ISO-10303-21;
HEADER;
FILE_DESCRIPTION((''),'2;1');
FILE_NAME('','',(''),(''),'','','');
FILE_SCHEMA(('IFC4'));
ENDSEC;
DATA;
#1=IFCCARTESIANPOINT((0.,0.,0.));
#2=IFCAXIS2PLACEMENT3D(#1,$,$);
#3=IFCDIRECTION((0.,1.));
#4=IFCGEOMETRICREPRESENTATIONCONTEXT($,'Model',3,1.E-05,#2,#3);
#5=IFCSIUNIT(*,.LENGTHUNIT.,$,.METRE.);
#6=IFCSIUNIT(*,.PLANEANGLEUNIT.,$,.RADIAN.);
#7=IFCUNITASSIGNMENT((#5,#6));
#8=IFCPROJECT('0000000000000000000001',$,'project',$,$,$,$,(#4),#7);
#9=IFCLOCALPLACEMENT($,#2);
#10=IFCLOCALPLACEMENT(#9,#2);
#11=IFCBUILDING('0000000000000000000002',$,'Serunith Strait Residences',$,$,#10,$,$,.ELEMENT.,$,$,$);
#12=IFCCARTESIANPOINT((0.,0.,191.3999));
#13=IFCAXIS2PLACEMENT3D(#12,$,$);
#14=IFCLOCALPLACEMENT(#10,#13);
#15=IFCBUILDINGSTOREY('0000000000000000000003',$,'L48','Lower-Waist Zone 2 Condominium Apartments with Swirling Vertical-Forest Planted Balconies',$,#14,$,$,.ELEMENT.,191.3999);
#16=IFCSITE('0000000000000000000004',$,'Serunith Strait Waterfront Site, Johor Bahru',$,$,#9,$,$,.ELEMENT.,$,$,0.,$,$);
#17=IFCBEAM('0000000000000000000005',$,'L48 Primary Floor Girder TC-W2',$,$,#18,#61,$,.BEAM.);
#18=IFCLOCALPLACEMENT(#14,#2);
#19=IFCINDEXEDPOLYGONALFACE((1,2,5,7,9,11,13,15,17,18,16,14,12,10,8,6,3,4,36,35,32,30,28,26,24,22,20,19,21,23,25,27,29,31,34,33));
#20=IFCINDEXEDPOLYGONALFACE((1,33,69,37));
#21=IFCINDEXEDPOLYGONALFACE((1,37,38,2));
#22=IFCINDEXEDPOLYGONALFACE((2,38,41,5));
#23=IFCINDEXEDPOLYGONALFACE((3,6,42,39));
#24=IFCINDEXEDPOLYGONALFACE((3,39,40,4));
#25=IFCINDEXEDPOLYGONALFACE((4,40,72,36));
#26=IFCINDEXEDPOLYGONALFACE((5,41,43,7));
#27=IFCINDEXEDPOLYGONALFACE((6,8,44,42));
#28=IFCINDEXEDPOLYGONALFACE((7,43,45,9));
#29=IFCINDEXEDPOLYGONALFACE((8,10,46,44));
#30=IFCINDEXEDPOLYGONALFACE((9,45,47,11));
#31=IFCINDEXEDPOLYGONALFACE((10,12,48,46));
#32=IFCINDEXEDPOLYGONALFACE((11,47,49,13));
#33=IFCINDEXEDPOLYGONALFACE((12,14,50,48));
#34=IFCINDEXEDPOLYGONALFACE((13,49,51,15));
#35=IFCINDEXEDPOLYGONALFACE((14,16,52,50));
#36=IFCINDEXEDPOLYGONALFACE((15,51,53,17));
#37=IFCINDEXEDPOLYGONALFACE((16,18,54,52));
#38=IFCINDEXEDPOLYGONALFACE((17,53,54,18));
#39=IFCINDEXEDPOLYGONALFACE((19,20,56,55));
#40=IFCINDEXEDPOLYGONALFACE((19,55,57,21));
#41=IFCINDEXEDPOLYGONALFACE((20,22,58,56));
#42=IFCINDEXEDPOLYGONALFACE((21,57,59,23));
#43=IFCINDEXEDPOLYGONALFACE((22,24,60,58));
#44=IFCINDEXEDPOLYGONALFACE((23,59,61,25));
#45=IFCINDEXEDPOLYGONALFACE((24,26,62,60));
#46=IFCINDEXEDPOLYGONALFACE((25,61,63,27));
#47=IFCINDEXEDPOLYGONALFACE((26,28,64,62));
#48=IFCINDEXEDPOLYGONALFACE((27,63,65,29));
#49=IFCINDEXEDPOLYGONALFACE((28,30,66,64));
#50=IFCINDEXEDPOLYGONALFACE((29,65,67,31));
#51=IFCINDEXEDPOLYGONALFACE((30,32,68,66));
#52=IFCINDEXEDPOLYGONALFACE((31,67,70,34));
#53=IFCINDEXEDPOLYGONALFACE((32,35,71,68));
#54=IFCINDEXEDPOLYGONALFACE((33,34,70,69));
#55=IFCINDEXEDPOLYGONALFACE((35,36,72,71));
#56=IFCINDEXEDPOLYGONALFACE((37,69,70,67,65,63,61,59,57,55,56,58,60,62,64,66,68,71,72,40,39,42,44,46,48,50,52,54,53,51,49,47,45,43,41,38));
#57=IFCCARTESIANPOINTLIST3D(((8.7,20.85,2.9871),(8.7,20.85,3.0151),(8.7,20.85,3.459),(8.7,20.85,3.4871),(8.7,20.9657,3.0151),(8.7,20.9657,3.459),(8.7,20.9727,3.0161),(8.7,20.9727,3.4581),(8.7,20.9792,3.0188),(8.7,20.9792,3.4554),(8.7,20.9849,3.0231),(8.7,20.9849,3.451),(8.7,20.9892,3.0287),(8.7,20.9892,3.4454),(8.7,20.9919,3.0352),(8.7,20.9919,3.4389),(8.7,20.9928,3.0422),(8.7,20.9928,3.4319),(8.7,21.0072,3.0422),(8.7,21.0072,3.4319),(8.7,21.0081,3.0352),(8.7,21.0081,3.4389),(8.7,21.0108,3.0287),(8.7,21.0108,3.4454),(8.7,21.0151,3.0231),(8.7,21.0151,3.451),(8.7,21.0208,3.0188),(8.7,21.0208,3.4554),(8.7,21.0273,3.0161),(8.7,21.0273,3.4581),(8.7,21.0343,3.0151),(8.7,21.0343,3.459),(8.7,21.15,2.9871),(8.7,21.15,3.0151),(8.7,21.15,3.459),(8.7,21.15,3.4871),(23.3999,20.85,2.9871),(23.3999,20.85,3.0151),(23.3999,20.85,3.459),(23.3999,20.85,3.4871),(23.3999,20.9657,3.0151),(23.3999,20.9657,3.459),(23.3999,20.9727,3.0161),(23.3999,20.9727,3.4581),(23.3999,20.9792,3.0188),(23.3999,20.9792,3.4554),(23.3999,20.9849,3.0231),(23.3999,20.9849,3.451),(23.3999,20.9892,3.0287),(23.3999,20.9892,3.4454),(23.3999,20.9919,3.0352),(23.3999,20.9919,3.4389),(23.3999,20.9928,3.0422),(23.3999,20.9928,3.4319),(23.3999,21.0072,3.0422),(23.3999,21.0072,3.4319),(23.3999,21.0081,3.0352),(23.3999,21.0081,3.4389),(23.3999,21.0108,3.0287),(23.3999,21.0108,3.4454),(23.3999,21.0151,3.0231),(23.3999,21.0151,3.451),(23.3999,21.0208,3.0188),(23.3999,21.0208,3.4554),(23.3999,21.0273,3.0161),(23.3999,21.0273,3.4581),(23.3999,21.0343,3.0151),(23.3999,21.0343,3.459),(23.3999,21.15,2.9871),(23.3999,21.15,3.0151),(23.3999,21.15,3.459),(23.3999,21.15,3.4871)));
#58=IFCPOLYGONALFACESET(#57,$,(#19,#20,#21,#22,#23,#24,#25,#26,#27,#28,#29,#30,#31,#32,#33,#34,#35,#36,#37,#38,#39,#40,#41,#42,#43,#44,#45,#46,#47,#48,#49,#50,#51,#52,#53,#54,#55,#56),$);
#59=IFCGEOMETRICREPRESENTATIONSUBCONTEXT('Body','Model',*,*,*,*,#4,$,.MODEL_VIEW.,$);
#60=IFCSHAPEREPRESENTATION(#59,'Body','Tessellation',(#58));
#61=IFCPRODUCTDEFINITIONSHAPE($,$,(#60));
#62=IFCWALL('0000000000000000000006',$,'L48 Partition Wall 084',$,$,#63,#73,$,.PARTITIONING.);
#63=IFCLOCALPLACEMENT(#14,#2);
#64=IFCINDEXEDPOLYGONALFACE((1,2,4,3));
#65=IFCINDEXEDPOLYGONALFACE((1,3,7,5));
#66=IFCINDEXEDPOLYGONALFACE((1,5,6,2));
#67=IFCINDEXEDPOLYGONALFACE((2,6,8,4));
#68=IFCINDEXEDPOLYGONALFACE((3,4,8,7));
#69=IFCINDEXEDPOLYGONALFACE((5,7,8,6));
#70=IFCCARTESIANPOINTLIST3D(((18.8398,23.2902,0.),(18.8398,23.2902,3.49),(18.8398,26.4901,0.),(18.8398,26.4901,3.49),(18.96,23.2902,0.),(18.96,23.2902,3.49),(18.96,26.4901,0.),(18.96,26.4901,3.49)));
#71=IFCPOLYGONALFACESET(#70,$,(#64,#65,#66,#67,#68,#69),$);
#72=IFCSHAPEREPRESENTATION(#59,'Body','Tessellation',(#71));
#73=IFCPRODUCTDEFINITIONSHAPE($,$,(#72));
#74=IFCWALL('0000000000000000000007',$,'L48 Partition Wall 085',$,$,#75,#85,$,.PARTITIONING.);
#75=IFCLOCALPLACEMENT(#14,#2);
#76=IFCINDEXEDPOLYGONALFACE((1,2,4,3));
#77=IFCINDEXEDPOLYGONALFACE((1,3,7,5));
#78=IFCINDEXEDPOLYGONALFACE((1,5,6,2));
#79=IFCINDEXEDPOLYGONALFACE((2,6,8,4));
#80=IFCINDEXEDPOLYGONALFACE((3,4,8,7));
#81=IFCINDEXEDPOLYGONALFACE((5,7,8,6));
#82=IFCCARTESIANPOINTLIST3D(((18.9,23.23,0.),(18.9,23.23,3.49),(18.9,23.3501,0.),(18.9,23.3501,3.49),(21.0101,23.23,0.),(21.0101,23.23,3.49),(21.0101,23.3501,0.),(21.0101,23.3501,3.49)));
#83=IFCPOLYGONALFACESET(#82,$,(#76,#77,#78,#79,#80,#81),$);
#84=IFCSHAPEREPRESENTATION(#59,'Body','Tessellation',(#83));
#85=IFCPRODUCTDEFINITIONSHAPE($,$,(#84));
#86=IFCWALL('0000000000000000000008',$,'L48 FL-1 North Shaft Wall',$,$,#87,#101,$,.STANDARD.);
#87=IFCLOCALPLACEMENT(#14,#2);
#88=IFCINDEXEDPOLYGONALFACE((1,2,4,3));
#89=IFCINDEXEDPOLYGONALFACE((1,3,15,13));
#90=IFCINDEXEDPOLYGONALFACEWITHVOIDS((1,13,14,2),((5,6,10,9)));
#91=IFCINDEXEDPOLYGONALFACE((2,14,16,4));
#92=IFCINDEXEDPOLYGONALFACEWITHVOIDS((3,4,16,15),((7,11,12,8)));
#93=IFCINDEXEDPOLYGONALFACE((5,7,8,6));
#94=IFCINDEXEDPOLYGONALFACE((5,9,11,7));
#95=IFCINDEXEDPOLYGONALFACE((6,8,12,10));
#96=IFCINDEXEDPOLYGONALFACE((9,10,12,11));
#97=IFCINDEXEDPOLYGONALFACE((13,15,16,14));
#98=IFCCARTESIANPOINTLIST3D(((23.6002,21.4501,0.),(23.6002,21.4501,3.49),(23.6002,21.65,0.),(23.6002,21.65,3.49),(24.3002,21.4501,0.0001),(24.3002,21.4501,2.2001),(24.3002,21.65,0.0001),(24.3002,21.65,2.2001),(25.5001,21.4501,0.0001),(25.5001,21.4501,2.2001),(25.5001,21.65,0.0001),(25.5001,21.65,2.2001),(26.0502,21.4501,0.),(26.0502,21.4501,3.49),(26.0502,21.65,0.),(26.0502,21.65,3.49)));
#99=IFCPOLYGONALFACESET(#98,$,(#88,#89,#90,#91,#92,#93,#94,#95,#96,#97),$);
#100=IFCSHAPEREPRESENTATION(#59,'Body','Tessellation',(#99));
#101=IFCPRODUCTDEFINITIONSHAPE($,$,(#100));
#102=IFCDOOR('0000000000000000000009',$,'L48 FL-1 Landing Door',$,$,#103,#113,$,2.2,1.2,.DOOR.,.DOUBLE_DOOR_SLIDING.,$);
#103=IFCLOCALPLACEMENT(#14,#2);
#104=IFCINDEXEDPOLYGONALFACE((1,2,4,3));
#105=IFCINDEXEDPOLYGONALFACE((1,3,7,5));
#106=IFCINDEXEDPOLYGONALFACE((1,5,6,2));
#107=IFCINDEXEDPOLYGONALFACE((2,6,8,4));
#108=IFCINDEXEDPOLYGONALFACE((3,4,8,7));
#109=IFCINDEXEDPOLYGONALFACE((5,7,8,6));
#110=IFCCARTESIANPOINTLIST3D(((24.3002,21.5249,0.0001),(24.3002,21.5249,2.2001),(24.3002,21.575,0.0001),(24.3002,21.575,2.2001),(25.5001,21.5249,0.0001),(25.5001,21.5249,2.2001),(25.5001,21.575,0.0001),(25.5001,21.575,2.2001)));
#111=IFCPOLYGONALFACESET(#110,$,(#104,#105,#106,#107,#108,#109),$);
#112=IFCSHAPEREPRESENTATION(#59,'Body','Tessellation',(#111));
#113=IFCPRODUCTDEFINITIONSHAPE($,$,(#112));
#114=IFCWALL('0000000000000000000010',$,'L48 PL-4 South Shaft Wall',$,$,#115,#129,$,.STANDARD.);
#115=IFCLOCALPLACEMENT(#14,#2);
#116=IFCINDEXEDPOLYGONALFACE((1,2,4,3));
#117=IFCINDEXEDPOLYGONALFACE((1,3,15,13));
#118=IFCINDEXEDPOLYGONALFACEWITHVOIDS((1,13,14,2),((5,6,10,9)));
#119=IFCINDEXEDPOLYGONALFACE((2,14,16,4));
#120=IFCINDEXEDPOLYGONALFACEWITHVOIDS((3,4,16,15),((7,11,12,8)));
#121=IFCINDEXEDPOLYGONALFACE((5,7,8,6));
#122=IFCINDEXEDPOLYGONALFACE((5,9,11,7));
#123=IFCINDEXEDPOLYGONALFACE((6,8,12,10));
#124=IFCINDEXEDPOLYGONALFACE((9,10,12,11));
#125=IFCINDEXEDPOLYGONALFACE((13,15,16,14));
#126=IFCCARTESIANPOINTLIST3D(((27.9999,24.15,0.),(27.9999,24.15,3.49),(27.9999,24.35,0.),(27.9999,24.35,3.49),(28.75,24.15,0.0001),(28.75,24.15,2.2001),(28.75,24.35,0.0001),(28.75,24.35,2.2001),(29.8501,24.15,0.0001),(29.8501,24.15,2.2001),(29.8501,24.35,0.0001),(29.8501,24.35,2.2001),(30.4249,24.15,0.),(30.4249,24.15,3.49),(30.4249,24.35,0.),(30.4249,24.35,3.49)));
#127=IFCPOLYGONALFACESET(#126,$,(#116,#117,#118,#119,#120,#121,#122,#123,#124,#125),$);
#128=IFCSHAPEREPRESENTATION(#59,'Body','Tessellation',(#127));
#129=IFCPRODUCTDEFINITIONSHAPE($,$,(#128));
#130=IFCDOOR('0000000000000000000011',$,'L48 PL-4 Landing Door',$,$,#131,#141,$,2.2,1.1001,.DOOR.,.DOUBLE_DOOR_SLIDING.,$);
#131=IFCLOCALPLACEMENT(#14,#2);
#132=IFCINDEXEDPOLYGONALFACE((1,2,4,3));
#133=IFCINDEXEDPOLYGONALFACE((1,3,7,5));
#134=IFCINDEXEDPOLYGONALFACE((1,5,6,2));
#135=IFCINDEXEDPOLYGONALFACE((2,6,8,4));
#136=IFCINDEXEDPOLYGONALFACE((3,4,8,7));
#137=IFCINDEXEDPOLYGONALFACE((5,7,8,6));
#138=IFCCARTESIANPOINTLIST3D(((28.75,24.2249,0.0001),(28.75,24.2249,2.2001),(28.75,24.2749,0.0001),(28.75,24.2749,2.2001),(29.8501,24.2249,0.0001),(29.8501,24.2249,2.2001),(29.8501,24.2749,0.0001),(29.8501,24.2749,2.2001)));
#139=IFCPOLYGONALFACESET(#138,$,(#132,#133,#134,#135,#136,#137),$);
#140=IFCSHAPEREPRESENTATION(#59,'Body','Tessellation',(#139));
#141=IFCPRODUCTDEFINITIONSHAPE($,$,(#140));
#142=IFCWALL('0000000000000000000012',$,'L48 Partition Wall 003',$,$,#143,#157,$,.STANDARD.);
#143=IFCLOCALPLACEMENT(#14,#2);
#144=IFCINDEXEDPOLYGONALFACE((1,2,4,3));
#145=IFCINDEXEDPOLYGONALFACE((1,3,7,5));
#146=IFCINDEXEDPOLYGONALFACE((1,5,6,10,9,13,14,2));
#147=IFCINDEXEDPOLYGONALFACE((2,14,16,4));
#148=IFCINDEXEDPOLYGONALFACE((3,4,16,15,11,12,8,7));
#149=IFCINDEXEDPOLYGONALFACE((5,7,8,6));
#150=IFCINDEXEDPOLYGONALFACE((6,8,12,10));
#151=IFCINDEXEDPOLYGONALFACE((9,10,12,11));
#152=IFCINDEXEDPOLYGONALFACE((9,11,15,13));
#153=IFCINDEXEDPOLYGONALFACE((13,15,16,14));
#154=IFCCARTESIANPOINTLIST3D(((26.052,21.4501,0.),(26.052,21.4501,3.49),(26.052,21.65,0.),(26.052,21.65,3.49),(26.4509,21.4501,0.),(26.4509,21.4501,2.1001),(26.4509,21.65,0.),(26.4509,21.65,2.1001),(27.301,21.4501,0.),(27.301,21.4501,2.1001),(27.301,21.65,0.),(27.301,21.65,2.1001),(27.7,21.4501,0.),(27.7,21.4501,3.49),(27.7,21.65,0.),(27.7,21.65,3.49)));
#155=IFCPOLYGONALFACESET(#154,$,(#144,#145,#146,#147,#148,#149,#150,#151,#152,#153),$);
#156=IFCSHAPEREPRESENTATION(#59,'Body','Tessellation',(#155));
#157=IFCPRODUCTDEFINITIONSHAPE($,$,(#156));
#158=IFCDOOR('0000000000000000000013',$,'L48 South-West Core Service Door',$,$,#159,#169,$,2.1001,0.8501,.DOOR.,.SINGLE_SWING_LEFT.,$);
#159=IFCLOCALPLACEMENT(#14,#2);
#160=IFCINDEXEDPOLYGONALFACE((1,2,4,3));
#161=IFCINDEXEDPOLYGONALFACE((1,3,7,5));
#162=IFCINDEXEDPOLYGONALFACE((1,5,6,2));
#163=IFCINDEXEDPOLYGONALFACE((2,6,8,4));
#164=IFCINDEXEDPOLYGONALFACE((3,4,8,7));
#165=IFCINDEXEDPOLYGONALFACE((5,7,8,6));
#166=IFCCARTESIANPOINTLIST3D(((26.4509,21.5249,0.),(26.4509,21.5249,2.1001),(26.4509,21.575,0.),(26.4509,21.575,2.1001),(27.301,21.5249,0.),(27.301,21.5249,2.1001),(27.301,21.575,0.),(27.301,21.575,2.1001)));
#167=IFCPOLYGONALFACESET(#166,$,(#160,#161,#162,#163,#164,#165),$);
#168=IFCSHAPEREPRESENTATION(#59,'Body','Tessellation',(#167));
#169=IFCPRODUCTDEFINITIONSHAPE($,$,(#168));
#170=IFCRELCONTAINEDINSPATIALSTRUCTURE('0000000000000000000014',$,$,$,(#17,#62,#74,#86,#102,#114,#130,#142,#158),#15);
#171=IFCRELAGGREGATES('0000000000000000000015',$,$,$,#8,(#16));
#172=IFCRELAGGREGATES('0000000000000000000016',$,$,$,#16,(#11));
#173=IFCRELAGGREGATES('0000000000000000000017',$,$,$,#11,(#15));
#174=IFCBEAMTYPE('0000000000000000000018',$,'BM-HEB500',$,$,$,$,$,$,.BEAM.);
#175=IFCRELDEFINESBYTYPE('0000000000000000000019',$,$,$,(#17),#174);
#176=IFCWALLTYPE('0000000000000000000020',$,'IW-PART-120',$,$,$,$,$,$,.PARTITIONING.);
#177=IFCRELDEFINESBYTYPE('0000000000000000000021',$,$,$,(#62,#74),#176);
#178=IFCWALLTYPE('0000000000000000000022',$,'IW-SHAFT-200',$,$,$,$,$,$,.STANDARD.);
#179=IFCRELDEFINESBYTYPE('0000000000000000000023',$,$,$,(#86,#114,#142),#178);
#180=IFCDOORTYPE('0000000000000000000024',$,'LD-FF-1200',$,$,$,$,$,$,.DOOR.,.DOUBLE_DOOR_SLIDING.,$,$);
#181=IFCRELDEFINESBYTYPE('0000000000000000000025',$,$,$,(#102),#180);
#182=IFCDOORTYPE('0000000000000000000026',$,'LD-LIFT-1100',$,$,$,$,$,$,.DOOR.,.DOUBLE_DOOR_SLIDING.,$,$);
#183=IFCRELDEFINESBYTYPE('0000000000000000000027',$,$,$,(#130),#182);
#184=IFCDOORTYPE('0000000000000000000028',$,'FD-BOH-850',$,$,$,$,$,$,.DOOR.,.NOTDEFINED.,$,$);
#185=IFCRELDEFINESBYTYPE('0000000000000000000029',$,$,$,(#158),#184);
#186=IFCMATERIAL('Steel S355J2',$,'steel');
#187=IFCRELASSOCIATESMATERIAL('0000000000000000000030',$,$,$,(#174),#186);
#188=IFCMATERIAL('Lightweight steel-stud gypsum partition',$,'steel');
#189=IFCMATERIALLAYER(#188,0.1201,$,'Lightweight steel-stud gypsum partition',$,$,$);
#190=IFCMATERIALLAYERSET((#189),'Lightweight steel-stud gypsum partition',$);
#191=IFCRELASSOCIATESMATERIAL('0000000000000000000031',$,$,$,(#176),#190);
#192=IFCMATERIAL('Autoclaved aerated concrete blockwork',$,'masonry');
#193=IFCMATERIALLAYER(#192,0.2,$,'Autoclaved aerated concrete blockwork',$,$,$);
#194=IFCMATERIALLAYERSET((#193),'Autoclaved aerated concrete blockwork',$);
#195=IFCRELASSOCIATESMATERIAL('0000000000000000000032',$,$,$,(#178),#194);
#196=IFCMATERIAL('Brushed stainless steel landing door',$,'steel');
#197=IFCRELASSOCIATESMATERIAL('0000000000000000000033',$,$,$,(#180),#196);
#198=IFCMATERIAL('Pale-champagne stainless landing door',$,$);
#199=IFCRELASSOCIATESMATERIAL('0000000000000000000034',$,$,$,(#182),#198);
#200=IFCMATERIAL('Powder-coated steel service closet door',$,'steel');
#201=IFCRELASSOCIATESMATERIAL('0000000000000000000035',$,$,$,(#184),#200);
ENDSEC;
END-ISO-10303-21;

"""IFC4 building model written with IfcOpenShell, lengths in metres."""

from ifc_helpers import new_model, si_unit, direction, frame, frame_2d, origin, origin_2d, place, context, subcontext, project, spatial, rectangle, i_section, extrude, source, transform, mapped, material, layer, layer_set, material_profile, profile_set, type_object, element, fill, save


model = new_model("IFC4")

# Units and contexts
model_context = context("Model", 3, precision=1e-05, world=origin(), true_north=direction((0.0, 1.0)))
body_context = subcontext(model_context, "Body", "Model", "MODEL_VIEW")
ifc_project = project(units=[si_unit("LENGTHUNIT", "METRE"), si_unit("PLANEANGLEUNIT", "RADIAN")], contexts=[model_context])

# Site, building, storey
site_placement = place(None, origin())
site = spatial("IfcSite", under=ifc_project, at=site_placement, Name="Serunith Strait Waterfront Site, Johor Bahru", CompositionType="ELEMENT", RefElevation=0.0)
building_placement = place(site_placement, origin())
building = spatial("IfcBuilding", under=site, at=building_placement, Name="Serunith Strait Residences", CompositionType="ELEMENT")
storey_placement = place(building_placement, frame((0.0, 0.0, 191.3999)))
storey = spatial("IfcBuildingStorey", under=building, at=storey_placement, Name="L48", Description="Lower-Waist Zone 2 Condominium Apartments with Swirling Vertical-Forest Planted Balconies", CompositionType="ELEMENT", Elevation=191.3999)

# Beam
ifc_material_1 = material(Name="Steel S355J2", Category="steel")
ifc_material_profile = material_profile(ifc_material_1, i_section(OverallWidth=0.3, OverallDepth=0.5, WebThickness=0.0144, FlangeThickness=0.0281, FilletRadius=0.0271, at=origin_2d()), Name="HEB 500")
ifc_profile_set = profile_set([ifc_material_profile], Name="Steel S355J2")
beam_type = type_object("IfcBeamType", Name="BM-HEB500", PredefinedType="BEAM", material=ifc_profile_set)
shared_shape_1 = source(origin(), body_context, "Body", "SweptSolid", [
    extrude(i_section(OverallWidth=0.3, OverallDepth=0.5, WebThickness=0.0144, FlangeThickness=0.0281, FilletRadius=0.0271, at=origin_2d()), origin(), (0.0, 0.0, 1.0), 14.7),
])
beam_placement = place(storey_placement, frame((23.3999, 21.0, 3.2371), z_axis=(-1.0, 0.0, 0.0), x_axis=(0.0, -1.0, 0.0)))
element("IfcBeam", 1, at=beam_placement, inside=storey, type_object=beam_type, Name="L48 Primary Floor Girder TC-W2", PredefinedType="BEAM", context=body_context, shape_type="MappedRepresentation", body=[
    mapped(shared_shape_1, transform((0.0, 0.0, 0.0), scale=1.0)),
])

# Walls
ifc_material_2 = material(Name="Lightweight steel-stud gypsum partition", Category="steel")
ifc_layer_1 = layer(ifc_material_2, 0.1201, Name="Lightweight steel-stud gypsum partition")
ifc_layer_set_1 = layer_set([ifc_layer_1], Name="Lightweight steel-stud gypsum partition")
wall_type_1 = type_object("IfcWallType", Name="IW-PART-120", PredefinedType="PARTITIONING", material=ifc_layer_set_1)
wall_1_placement = place(storey_placement, frame((18.8999, 23.29, 0.0), z_axis=(0.0, 0.0, 1.0), x_axis=(0.0, 1.0, 0.0)))
element("IfcWall", 2, at=wall_1_placement, inside=storey, type_object=wall_type_1, Name="L48 Partition Wall 084", PredefinedType="PARTITIONING", context=body_context, shape_type="SweptSolid", body=[
    extrude(rectangle(XDim=3.2, YDim=0.1201, at=frame_2d((1.6001, 0.0))), origin(), (0.0, 0.0, 1.0), 3.49),
])
wall_2_placement = place(storey_placement, frame((18.8999, 23.29, 0.0), z_axis=(0.0, 0.0, 1.0), x_axis=(1.0, 0.0, 0.0)))
element("IfcWall", 3, at=wall_2_placement, inside=storey, type_object=wall_type_1, Name="L48 Partition Wall 085", PredefinedType="PARTITIONING", context=body_context, shape_type="SweptSolid", body=[
    extrude(rectangle(XDim=2.1101, YDim=0.1201, at=frame_2d((1.0552, 0.0))), origin(), (0.0, 0.0, 1.0), 3.49),
])

# Walls, openings, doors
ifc_material_3 = material(Name="Autoclaved aerated concrete blockwork", Category="masonry")
ifc_layer_2 = layer(ifc_material_3, 0.2, Name="Autoclaved aerated concrete blockwork")
ifc_layer_set_2 = layer_set([ifc_layer_2], Name="Autoclaved aerated concrete blockwork")
wall_type_2 = type_object("IfcWallType", Name="IW-SHAFT-200", PredefinedType="STANDARD", material=ifc_layer_set_2)
wall_3_placement = place(storey_placement, frame((23.6001, 21.55, 0.0), z_axis=(0.0, 0.0, 1.0), x_axis=(1.0, 0.0, 0.0)))
wall_3 = element("IfcWall", 4, at=wall_3_placement, inside=storey, type_object=wall_type_2, Name="L48 FL-1 North Shaft Wall", PredefinedType="STANDARD", context=body_context, shape_type="SweptSolid", body=[
    extrude(rectangle(XDim=2.45, YDim=0.2, at=frame_2d((1.2251, 0.0))), origin(), (0.0, 0.0, 1.0), 3.49),
])
opening_1_placement = place(wall_3_placement, frame((0.7, 0.0, 0.0)))
opening_1 = element("IfcOpeningElement", 5, at=opening_1_placement, cuts=wall_3, PredefinedType="OPENING", context=body_context, shape_type="SweptSolid", body=[
    extrude(rectangle(XDim=1.2, YDim=2.2, at=frame_2d((0.6001, 1.1001))), frame((0.0, 0.1099, 0.0), z_axis=(0.0, -1.0, 0.0), x_axis=(1.0, 0.0, 0.0)), (0.0, 0.0, 1.0), 0.22),
])
ifc_material_4 = material(Name="Brushed stainless steel landing door", Category="steel")
door_type_1 = type_object("IfcDoorType", Name="LD-FF-1200", OperationType="DOUBLE_DOOR_SLIDING", PredefinedType="DOOR", material=ifc_material_4)
shared_shape_2 = source(origin(), body_context, "Body", "SweptSolid", [
    extrude(rectangle(XDim=1.2, YDim=2.2, at=frame_2d((0.6001, 1.1001))), frame((0.0, 0.0249, 0.0), z_axis=(0.0, -1.0, 0.0), x_axis=(1.0, 0.0, 0.0)), (0.0, 0.0, 1.0), 0.05),
])
door_1_placement = place(opening_1_placement, origin())
door_1 = element("IfcDoor", 6, at=door_1_placement, inside=storey, type_object=door_type_1, Name="L48 FL-1 Landing Door", OperationType="DOUBLE_DOOR_SLIDING", OverallHeight=2.2, OverallWidth=1.2, PredefinedType="DOOR", context=body_context, shape_type="MappedRepresentation", body=[
    mapped(shared_shape_2, transform((0.0, 0.0, 0.0), scale=1.0)),
])
fill(opening_1, door_1)
wall_4_placement = place(storey_placement, frame((28.0, 24.25, 0.0), z_axis=(0.0, 0.0, 1.0), x_axis=(1.0, 0.0, 0.0)))
wall_4 = element("IfcWall", 7, at=wall_4_placement, inside=storey, type_object=wall_type_2, Name="L48 PL-4 South Shaft Wall", PredefinedType="STANDARD", context=body_context, shape_type="SweptSolid", body=[
    extrude(rectangle(XDim=2.425, YDim=0.2, at=frame_2d((1.2124, 0.0))), origin(), (0.0, 0.0, 1.0), 3.49),
])
opening_2_placement = place(wall_4_placement, frame((0.75, 0.0, 0.0)))
opening_2 = element("IfcOpeningElement", 8, at=opening_2_placement, cuts=wall_4, PredefinedType="OPENING", context=body_context, shape_type="SweptSolid", body=[
    extrude(rectangle(XDim=1.1001, YDim=2.2, at=frame_2d((0.55, 1.1001))), frame((0.0, 0.1099, 0.0), z_axis=(0.0, -1.0, 0.0), x_axis=(1.0, 0.0, 0.0)), (0.0, 0.0, 1.0), 0.22),
])
ifc_material_5 = material(Name="Pale-champagne stainless landing door")
door_type_2 = type_object("IfcDoorType", Name="LD-LIFT-1100", OperationType="DOUBLE_DOOR_SLIDING", PredefinedType="DOOR", material=ifc_material_5)
shared_shape_3 = source(origin(), body_context, "Body", "SweptSolid", [
    extrude(rectangle(XDim=1.1001, YDim=2.2, at=frame_2d((0.55, 1.1001))), frame((0.0, 0.0249, 0.0), z_axis=(0.0, -1.0, 0.0), x_axis=(1.0, 0.0, 0.0)), (0.0, 0.0, 1.0), 0.05),
])
door_2_placement = place(opening_2_placement, origin())
door_2 = element("IfcDoor", 9, at=door_2_placement, inside=storey, type_object=door_type_2, Name="L48 PL-4 Landing Door", OperationType="DOUBLE_DOOR_SLIDING", OverallHeight=2.2, OverallWidth=1.1001, PredefinedType="DOOR", context=body_context, shape_type="MappedRepresentation", body=[
    mapped(shared_shape_3, transform((0.0, 0.0, 0.0), scale=1.0)),
])
fill(opening_2, door_2)
wall_5_placement = place(storey_placement, frame((26.052, 21.55, 0.0), z_axis=(0.0, 0.0, 1.0), x_axis=(1.0, 0.0, 0.0)))
wall_5 = element("IfcWall", 10, at=wall_5_placement, inside=storey, type_object=wall_type_2, Name="L48 Partition Wall 003", PredefinedType="STANDARD", context=body_context, shape_type="SweptSolid", body=[
    extrude(rectangle(XDim=1.6479, YDim=0.2, at=frame_2d((0.824, 0.0))), origin(), (0.0, 0.0, 1.0), 3.49),
])
opening_3_placement = place(wall_5_placement, frame((0.3989, 0.0, 0.0)))
opening_3 = element("IfcOpeningElement", 11, at=opening_3_placement, cuts=wall_5, PredefinedType="OPENING", context=body_context, shape_type="SweptSolid", body=[
    extrude(rectangle(XDim=0.8501, YDim=2.1001, at=frame_2d((0.425, 1.05))), frame((0.0, 0.1099, 0.0), z_axis=(0.0, -1.0, 0.0), x_axis=(1.0, 0.0, 0.0)), (0.0, 0.0, 1.0), 0.22),
])
ifc_material_6 = material(Name="Powder-coated steel service closet door", Category="steel")
door_type_3 = type_object("IfcDoorType", Name="FD-BOH-850", OperationType="NOTDEFINED", PredefinedType="DOOR", material=ifc_material_6)
shared_shape_4 = source(origin(), body_context, "Body", "SweptSolid", [
    extrude(rectangle(XDim=0.8501, YDim=2.1001, at=frame_2d((0.425, 1.05))), frame((0.0, 0.0249, 0.0), z_axis=(0.0, -1.0, 0.0), x_axis=(1.0, 0.0, 0.0)), (0.0, 0.0, 1.0), 0.05),
])
door_3_placement = place(opening_3_placement, origin())
door_3 = element("IfcDoor", 12, at=door_3_placement, inside=storey, type_object=door_type_3, Name="L48 South-West Core Service Door", OperationType="SINGLE_SWING_LEFT", OverallHeight=2.1001, OverallWidth=0.8501, PredefinedType="DOOR", context=body_context, shape_type="MappedRepresentation", body=[
    mapped(shared_shape_4, transform((0.0, 0.0, 0.0), scale=1.0)),
])
fill(opening_3, door_3)

save(model, "model.ifc")
